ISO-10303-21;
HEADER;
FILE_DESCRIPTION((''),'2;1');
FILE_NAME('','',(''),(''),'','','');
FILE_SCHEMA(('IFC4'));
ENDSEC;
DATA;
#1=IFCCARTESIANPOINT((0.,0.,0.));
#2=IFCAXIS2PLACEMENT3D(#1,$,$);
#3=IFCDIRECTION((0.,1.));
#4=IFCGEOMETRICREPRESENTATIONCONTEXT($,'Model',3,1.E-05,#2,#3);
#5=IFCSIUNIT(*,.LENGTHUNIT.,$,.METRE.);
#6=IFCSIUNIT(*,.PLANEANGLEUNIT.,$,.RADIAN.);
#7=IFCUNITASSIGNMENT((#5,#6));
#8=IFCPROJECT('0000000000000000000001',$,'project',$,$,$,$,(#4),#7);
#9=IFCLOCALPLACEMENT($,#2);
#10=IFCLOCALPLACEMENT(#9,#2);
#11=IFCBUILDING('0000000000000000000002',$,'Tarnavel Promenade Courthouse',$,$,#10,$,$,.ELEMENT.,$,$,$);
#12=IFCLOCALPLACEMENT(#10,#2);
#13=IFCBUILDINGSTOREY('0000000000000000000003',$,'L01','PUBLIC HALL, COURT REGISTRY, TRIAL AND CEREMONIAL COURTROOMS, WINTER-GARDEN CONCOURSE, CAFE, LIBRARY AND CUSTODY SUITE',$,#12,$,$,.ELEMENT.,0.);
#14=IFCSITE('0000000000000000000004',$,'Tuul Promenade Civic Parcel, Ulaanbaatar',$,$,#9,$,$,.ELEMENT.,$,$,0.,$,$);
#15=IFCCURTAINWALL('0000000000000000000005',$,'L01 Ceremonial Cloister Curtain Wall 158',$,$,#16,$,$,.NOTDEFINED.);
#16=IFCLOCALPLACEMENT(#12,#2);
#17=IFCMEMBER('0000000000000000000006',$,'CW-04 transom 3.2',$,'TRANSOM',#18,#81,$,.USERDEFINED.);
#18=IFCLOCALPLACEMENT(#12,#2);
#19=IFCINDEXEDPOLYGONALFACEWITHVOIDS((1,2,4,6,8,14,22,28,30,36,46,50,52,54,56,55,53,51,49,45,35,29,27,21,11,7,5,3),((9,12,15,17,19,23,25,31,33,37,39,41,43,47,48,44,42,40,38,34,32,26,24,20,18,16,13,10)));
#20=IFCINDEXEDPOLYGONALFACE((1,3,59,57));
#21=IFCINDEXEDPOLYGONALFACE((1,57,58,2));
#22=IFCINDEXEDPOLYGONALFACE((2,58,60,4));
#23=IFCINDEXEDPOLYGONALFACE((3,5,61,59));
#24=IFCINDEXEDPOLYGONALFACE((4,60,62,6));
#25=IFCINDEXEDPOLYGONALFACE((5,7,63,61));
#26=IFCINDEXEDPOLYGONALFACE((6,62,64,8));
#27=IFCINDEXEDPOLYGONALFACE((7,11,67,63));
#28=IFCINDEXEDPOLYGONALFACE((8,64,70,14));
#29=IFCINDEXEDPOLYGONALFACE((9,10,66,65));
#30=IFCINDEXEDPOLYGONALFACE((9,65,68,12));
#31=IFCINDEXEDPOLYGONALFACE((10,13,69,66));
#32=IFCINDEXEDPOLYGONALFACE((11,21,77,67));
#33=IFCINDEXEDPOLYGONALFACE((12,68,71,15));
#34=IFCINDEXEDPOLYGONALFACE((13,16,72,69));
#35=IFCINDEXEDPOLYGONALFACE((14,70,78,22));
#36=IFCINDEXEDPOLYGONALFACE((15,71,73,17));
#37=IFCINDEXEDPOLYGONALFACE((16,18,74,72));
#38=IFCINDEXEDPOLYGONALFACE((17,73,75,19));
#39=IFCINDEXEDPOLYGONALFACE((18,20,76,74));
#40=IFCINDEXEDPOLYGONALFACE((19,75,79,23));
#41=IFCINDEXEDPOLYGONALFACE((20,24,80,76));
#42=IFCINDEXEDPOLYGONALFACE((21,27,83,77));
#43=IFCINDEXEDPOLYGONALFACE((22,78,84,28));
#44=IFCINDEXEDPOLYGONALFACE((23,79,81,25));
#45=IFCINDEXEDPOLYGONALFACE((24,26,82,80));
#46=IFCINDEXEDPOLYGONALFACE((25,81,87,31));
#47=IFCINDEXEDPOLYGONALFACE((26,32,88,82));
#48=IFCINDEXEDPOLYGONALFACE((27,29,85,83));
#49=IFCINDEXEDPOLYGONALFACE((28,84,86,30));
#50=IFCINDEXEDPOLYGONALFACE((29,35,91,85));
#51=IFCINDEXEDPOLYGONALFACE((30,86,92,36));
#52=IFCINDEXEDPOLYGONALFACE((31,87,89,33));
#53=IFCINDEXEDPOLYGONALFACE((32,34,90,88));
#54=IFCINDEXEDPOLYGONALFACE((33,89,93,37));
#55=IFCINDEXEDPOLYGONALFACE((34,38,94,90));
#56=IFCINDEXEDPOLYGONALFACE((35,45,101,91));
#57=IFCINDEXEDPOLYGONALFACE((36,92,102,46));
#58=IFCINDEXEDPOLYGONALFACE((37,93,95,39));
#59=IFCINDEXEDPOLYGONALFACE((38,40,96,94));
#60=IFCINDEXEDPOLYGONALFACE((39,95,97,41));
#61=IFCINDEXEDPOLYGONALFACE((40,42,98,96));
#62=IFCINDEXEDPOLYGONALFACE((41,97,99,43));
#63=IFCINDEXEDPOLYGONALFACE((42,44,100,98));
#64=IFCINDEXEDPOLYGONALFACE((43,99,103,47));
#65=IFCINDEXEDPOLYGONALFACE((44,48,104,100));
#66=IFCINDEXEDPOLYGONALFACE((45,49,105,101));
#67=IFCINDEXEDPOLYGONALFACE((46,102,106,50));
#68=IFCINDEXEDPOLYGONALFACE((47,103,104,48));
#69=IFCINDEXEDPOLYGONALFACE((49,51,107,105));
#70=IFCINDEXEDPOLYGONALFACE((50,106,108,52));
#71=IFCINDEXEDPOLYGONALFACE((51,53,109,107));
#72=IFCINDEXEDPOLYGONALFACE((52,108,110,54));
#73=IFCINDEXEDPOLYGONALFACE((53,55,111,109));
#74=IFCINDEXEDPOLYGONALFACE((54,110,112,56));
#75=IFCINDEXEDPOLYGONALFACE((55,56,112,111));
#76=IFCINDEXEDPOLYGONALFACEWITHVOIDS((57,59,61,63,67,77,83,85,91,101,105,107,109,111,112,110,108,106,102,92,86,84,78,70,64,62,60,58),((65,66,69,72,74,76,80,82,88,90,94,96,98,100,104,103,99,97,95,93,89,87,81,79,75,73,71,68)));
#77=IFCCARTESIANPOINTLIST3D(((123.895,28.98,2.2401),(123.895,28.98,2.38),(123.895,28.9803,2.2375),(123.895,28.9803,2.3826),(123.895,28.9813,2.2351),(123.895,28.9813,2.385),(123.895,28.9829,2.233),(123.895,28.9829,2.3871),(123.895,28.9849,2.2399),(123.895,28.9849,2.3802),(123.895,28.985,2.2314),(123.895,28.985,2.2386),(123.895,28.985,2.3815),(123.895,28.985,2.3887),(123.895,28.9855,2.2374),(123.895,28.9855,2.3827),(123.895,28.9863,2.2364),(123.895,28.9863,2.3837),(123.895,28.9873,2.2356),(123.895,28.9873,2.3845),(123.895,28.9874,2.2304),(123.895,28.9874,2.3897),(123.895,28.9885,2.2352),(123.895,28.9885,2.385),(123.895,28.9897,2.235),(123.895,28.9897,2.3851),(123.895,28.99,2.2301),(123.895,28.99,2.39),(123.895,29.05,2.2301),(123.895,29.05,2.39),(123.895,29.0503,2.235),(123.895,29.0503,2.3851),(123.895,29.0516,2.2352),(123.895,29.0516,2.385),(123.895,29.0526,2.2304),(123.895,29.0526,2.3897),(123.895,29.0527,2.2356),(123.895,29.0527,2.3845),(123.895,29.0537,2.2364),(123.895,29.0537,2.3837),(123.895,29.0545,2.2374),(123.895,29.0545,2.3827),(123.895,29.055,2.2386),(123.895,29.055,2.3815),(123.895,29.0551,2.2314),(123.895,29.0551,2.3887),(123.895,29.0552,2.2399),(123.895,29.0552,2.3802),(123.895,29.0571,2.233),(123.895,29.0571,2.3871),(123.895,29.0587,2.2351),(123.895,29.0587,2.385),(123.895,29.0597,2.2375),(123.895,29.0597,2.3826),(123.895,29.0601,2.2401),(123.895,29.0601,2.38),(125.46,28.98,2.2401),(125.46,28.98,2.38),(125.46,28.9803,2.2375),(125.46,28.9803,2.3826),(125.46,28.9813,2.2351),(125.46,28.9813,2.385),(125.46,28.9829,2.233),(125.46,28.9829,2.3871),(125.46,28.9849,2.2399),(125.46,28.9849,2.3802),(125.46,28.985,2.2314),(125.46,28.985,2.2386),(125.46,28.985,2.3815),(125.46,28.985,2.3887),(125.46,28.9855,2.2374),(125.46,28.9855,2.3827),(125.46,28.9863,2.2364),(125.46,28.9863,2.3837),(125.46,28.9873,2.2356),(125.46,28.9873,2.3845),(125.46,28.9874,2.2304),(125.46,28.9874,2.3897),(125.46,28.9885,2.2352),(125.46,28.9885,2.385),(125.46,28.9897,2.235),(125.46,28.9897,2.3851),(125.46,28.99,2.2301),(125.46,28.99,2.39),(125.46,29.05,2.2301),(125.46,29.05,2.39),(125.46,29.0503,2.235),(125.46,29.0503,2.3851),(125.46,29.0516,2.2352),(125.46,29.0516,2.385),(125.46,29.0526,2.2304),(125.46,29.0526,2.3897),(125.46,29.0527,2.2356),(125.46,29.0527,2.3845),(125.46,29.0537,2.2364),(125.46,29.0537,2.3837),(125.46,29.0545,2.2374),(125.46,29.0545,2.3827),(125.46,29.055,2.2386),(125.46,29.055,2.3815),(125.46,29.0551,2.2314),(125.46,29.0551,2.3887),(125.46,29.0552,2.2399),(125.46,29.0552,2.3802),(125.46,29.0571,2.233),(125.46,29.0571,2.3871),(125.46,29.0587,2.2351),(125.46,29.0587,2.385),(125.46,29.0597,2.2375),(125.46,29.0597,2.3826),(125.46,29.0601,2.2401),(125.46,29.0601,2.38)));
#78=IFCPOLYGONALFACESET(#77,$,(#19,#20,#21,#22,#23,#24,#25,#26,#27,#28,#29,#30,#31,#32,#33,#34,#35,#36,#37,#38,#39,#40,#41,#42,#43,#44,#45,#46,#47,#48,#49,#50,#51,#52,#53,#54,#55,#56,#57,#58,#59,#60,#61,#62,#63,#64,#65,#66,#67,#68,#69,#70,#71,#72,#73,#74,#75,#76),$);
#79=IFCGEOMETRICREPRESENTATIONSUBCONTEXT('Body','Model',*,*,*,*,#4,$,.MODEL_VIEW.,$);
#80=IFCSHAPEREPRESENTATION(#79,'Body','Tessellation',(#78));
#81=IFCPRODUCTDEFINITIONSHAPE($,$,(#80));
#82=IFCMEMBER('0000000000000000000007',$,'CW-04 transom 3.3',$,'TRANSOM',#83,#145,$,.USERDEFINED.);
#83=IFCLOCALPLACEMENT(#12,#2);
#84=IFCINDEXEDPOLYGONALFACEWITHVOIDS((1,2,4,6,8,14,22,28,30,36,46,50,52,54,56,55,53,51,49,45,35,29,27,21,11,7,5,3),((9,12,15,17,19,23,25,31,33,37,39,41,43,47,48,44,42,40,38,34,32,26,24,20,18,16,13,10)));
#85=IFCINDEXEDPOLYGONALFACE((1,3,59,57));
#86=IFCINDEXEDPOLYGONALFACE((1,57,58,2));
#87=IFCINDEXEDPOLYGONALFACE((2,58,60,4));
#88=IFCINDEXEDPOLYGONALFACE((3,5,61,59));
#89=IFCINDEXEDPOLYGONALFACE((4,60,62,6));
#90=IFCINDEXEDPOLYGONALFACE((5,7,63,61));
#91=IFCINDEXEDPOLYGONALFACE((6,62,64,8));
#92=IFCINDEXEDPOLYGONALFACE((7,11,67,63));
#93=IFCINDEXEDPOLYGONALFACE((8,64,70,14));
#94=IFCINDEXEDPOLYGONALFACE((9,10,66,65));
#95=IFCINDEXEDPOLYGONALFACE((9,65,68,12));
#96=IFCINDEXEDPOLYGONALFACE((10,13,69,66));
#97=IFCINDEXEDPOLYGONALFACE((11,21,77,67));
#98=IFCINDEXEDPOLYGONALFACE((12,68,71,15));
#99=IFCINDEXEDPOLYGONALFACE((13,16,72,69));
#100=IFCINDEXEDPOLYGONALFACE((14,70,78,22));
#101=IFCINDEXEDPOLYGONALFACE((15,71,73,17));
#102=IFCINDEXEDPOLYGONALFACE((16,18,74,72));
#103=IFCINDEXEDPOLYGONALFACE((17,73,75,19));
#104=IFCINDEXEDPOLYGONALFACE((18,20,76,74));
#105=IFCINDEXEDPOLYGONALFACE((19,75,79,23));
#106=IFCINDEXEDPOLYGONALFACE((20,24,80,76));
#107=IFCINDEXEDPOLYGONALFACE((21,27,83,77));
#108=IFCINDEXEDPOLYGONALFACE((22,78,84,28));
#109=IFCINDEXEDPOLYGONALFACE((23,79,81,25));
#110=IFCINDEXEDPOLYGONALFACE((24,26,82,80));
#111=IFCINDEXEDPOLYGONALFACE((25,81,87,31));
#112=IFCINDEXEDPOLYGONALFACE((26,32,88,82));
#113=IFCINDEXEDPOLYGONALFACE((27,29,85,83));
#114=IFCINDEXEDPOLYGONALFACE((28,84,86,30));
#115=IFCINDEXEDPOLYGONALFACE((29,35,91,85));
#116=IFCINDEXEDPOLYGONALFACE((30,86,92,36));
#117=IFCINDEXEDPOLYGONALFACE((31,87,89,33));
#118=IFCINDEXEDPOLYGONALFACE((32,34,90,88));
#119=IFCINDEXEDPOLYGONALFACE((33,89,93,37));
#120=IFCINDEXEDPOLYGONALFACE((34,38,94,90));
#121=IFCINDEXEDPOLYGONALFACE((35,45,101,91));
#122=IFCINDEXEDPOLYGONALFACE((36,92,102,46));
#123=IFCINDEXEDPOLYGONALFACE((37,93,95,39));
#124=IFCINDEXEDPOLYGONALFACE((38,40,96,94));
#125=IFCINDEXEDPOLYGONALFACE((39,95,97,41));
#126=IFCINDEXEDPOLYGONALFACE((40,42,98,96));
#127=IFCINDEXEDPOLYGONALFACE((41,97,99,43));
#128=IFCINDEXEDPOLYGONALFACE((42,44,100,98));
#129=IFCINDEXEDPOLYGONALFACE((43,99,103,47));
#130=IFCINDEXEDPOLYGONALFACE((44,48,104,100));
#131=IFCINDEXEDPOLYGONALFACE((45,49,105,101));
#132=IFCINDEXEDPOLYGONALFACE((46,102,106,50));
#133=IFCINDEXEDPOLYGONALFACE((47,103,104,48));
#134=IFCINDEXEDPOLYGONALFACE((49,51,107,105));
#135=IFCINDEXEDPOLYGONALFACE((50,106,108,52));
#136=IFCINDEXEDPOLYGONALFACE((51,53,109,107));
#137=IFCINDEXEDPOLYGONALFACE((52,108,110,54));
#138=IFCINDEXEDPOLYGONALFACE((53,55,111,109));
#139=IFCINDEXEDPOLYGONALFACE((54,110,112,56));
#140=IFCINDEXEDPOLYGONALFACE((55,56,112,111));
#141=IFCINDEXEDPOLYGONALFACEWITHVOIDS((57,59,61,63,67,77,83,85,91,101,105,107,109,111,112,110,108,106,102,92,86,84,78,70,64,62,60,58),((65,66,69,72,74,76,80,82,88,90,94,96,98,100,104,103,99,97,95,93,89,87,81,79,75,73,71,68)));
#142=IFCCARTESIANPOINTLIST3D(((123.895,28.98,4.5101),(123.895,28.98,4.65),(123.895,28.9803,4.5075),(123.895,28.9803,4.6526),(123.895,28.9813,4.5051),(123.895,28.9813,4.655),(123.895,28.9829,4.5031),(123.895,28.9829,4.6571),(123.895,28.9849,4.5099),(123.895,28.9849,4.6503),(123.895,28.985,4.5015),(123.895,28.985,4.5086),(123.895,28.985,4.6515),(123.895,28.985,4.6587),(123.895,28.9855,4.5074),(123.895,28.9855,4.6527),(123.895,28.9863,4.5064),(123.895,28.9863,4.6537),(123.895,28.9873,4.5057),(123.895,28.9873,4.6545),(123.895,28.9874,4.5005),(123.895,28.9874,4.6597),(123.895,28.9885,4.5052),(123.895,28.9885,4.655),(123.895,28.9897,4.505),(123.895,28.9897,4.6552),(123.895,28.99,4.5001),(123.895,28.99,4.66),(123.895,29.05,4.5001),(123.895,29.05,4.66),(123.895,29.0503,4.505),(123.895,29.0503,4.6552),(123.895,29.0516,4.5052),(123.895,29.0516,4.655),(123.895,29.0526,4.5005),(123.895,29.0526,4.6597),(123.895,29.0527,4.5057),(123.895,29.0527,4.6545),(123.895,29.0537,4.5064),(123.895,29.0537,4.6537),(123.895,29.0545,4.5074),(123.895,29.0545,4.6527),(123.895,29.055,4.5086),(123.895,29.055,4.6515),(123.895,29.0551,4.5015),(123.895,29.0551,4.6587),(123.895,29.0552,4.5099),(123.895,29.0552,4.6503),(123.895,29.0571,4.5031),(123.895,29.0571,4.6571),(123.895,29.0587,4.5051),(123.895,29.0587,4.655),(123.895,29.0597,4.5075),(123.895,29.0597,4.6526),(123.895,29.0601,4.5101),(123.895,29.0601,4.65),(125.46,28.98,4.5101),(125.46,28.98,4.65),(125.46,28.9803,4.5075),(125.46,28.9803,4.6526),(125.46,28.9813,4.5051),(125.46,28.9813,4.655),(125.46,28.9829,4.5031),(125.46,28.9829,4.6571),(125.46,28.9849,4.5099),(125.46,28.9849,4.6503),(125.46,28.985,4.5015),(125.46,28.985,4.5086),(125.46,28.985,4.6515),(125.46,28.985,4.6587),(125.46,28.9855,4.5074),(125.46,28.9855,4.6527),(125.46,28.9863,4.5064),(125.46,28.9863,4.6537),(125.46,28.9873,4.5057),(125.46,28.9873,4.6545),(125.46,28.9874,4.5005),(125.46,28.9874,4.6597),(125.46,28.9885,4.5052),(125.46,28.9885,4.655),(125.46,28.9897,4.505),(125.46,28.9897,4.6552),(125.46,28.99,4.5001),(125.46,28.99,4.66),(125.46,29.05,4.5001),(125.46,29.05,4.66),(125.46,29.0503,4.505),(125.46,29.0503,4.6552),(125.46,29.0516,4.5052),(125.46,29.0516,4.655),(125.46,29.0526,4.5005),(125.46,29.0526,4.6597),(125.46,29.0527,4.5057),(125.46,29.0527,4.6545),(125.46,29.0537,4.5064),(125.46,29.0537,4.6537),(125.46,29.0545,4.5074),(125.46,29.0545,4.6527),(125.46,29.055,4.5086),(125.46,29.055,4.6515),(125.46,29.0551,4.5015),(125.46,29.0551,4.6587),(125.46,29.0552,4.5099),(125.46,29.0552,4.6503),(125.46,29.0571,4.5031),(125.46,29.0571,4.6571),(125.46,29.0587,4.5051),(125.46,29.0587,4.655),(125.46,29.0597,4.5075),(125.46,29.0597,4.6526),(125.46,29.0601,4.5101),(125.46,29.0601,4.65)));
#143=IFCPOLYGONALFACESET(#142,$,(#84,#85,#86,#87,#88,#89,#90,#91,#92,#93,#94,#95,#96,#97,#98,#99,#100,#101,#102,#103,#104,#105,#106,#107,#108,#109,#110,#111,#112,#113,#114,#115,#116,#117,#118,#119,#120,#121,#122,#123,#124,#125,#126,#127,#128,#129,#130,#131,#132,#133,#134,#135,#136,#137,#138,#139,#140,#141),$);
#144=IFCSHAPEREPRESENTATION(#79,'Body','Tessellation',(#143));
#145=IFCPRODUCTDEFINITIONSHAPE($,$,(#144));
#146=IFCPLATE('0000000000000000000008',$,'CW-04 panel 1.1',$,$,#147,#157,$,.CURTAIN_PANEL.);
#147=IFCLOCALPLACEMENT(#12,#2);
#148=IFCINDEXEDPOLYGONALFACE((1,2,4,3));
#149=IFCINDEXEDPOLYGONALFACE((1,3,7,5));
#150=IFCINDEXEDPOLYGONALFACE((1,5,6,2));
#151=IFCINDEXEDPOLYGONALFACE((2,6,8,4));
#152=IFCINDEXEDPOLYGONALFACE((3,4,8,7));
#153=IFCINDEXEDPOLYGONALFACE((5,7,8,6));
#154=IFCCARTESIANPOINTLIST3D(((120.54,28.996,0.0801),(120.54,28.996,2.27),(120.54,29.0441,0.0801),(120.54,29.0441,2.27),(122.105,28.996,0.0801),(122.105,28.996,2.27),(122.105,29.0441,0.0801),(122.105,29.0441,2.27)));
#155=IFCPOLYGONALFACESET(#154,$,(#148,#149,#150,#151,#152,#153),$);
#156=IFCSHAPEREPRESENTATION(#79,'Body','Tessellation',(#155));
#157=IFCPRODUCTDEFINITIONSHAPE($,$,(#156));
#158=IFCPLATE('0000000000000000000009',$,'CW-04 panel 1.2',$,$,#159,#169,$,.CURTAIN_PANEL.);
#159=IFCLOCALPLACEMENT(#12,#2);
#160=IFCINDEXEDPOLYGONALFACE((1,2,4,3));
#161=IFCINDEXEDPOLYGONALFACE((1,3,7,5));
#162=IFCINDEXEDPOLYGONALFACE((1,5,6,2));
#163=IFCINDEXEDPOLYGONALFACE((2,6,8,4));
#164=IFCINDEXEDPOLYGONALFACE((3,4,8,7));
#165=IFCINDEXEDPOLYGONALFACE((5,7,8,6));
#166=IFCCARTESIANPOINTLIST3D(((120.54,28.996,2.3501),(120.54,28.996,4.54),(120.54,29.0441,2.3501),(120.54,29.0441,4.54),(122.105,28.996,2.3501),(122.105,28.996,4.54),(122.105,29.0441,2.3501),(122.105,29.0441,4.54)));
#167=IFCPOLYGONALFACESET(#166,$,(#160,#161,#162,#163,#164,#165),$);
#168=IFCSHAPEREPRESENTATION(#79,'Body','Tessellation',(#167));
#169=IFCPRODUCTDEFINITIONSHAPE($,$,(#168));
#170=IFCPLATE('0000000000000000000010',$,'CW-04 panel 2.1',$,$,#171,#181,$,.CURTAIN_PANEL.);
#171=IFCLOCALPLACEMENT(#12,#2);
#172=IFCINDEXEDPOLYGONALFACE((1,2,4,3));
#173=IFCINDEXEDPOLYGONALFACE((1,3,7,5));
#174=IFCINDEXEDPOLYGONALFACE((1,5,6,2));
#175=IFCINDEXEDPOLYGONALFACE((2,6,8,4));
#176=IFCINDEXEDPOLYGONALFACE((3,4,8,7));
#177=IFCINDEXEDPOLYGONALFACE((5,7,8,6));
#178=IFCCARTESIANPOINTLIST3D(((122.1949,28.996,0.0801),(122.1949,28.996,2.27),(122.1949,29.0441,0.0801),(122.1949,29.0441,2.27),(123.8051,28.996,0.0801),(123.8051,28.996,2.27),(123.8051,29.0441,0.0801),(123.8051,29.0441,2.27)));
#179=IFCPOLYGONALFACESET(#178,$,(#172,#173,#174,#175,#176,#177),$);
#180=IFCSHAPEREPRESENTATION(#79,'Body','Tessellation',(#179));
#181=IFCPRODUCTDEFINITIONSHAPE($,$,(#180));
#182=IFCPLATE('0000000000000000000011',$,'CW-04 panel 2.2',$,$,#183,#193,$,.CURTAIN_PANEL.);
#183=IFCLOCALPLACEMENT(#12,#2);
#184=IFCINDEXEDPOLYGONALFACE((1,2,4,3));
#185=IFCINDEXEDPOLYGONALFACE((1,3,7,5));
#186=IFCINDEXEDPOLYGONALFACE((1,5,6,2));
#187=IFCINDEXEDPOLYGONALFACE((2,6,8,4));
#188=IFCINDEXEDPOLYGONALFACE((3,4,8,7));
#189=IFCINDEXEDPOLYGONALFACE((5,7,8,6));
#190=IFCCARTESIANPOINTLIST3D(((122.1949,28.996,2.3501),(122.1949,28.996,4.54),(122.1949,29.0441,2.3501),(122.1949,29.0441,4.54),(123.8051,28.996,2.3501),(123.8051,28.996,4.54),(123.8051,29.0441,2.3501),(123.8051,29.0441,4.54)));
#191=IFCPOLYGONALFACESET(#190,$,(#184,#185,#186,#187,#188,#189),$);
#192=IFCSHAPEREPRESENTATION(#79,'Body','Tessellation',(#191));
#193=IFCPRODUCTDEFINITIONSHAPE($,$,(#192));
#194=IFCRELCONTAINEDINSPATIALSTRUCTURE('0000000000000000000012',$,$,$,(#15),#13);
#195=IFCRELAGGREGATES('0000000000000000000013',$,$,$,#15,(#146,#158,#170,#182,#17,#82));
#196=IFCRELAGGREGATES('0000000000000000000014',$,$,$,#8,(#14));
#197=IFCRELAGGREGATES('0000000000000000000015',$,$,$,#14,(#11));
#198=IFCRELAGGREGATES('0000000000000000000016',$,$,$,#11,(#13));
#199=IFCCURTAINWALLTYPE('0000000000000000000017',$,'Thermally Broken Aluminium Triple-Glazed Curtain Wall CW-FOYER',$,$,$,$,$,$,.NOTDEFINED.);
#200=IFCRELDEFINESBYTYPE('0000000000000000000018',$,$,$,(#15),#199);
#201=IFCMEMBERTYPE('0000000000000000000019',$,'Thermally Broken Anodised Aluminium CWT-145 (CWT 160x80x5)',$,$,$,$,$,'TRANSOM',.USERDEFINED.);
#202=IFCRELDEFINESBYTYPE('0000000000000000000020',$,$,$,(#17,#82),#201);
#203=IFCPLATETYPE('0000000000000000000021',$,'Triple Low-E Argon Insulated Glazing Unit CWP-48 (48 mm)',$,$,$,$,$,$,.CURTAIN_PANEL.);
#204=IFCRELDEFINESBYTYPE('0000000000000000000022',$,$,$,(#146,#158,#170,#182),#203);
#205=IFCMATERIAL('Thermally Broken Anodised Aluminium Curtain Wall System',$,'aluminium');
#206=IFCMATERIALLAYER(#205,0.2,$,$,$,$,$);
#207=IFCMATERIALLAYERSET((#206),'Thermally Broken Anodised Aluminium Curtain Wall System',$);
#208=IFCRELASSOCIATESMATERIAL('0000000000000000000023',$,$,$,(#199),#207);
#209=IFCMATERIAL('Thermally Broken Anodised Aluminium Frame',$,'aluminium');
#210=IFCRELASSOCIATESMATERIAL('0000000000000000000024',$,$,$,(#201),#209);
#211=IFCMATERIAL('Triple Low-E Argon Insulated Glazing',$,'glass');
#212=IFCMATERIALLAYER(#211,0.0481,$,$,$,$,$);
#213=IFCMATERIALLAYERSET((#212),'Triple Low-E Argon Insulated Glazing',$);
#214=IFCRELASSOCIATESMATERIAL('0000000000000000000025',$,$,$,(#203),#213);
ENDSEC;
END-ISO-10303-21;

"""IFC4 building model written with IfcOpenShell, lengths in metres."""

from ifc_helpers import new_model, si_unit, direction, frame, origin, origin_2d, place, context, subcontext, project, spatial, rectangle, hollow_rectangle, extrude, material, layer, layer_set, material_profile, profile_set, type_object, element, aggregate, save


model = new_model("IFC4")

# Units and contexts
model_context = context("Model", 3, precision=1e-05, world=origin(), true_north=direction((0.0, 1.0)))
body_context = subcontext(model_context, "Body", "Model", "MODEL_VIEW")
ifc_project = project(units=[si_unit("LENGTHUNIT", "METRE"), si_unit("PLANEANGLEUNIT", "RADIAN")], contexts=[model_context])

# Site, building, storey
site_placement = place(None, origin())
site = spatial("IfcSite", under=ifc_project, at=site_placement, Name="Tuul Promenade Civic Parcel, Ulaanbaatar", CompositionType="ELEMENT", RefElevation=0.0)
building_placement = place(site_placement, origin())
building = spatial("IfcBuilding", under=site, at=building_placement, Name="Tarnavel Promenade Courthouse", CompositionType="ELEMENT")
storey_placement = place(building_placement, origin())
storey = spatial("IfcBuildingStorey", under=building, at=storey_placement, Name="L01", Description="PUBLIC HALL, COURT REGISTRY, TRIAL AND CEREMONIAL COURTROOMS, WINTER-GARDEN CONCOURSE, CAFE, LIBRARY AND CUSTODY SUITE", CompositionType="ELEMENT", Elevation=0.0)

# Curtain wall, members, plates
ifc_material_1 = material(Name="Thermally Broken Anodised Aluminium Curtain Wall System", Category="aluminium")
ifc_layer_1 = layer(ifc_material_1, 0.2)
ifc_layer_set_1 = layer_set([ifc_layer_1], Name="Thermally Broken Anodised Aluminium Curtain Wall System")
curtain_wall_type = type_object("IfcCurtainWallType", Name="Thermally Broken Aluminium Triple-Glazed Curtain Wall CW-FOYER", PredefinedType="NOTDEFINED", material=ifc_layer_set_1)
curtain_wall_placement = place(storey_placement, origin())
curtain_wall = element("IfcCurtainWall", 1, at=curtain_wall_placement, inside=storey, type_object=curtain_wall_type, Name="L01 Ceremonial Cloister Curtain Wall 158", PredefinedType="NOTDEFINED")
ifc_material_2 = material(Name="Thermally Broken Anodised Aluminium Frame", Category="aluminium")
ifc_material_profile_1 = material_profile(ifc_material_2, hollow_rectangle(XDim=0.0801, YDim=0.1599, WallThickness=0.0049, InnerFilletRadius=0.0049, OuterFilletRadius=0.01, at=origin_2d()), Name="CWT 160x80x5")
ifc_profile_set_1 = profile_set([ifc_material_profile_1], Name="Thermally Broken Anodised Aluminium Frame")
member_type_1 = type_object("IfcMemberType", Name="Thermally Broken Anodised Aluminium CWT-145 (CWT 160x80x5)", ElementType="TRANSOM", PredefinedType="USERDEFINED", material=ifc_profile_set_1)
member_1_placement = place(storey_placement, frame((123.895, 29.02, 2.3101), z_axis=(1.0, 0.0, 0.0), x_axis=(0.0, 1.0, 0.0)))
member_1 = element("IfcMember", 2, at=member_1_placement, type_object=member_type_1, Name="CW-04 transom 3.2", ObjectType="TRANSOM", PredefinedType="USERDEFINED", context=body_context, shape_type="SweptSolid", body=[
    extrude(hollow_rectangle(XDim=0.0801, YDim=0.1599, WallThickness=0.0049, InnerFilletRadius=0.0049, OuterFilletRadius=0.01, at=origin_2d()), origin(), (0.0, 0.0, 1.0), 1.5649),
])
member_2_placement = place(storey_placement, frame((123.895, 29.02, 4.5801), z_axis=(1.0, 0.0, 0.0), x_axis=(0.0, 1.0, 0.0)))
member_2 = element("IfcMember", 3, at=member_2_placement, type_object=member_type_1, Name="CW-04 transom 3.3", ObjectType="TRANSOM", PredefinedType="USERDEFINED", context=body_context, shape_type="SweptSolid", body=[
    extrude(hollow_rectangle(XDim=0.0801, YDim=0.1599, WallThickness=0.0049, InnerFilletRadius=0.0049, OuterFilletRadius=0.01, at=origin_2d()), origin(), (0.0, 0.0, 1.0), 1.5649),
])
ifc_material_3 = material(Name="Triple Low-E Argon Insulated Glazing", Category="glass")
ifc_layer_2 = layer(ifc_material_3, 0.0481)
ifc_layer_set_2 = layer_set([ifc_layer_2], Name="Triple Low-E Argon Insulated Glazing")
plate_type = type_object("IfcPlateType", Name="Triple Low-E Argon Insulated Glazing Unit CWP-48 (48 mm)", PredefinedType="CURTAIN_PANEL", material=ifc_layer_set_2)
plate_1_placement = place(storey_placement, frame((121.3225, 29.02, 0.0801), z_axis=(0.0, 0.0, 1.0), x_axis=(1.0, 0.0, 0.0)))
plate_1 = element("IfcPlate", 4, at=plate_1_placement, type_object=plate_type, Name="CW-04 panel 1.1", PredefinedType="CURTAIN_PANEL", context=body_context, shape_type="SweptSolid", body=[
    extrude(rectangle(XDim=1.5649, YDim=0.0481, at=origin_2d()), origin(), (0.0, 0.0, 1.0), 2.1899),
])
plate_2_placement = place(storey_placement, frame((121.3225, 29.02, 2.3501), z_axis=(0.0, 0.0, 1.0), x_axis=(1.0, 0.0, 0.0)))
plate_2 = element("IfcPlate", 5, at=plate_2_placement, type_object=plate_type, Name="CW-04 panel 1.2", PredefinedType="CURTAIN_PANEL", context=body_context, shape_type="SweptSolid", body=[
    extrude(rectangle(XDim=1.5649, YDim=0.0481, at=origin_2d()), origin(), (0.0, 0.0, 1.0), 2.1899),
])
plate_3_placement = place(storey_placement, frame((123.0, 29.02, 0.0801), z_axis=(0.0, 0.0, 1.0), x_axis=(1.0, 0.0, 0.0)))
plate_3 = element("IfcPlate", 6, at=plate_3_placement, type_object=plate_type, Name="CW-04 panel 2.1", PredefinedType="CURTAIN_PANEL", context=body_context, shape_type="SweptSolid", body=[
    extrude(rectangle(XDim=1.6101, YDim=0.0481, at=origin_2d()), origin(), (0.0, 0.0, 1.0), 2.1899),
])
plate_4_placement = place(storey_placement, frame((123.0, 29.02, 2.3501), z_axis=(0.0, 0.0, 1.0), x_axis=(1.0, 0.0, 0.0)))
plate_4 = element("IfcPlate", 7, at=plate_4_placement, type_object=plate_type, Name="CW-04 panel 2.2", PredefinedType="CURTAIN_PANEL", context=body_context, shape_type="SweptSolid", body=[
    extrude(rectangle(XDim=1.6101, YDim=0.0481, at=origin_2d()), origin(), (0.0, 0.0, 1.0), 2.1899),
])
aggregate(curtain_wall, [plate_1, plate_2, plate_3, plate_4, member_1, member_2])

save(model, "model.ifc")
